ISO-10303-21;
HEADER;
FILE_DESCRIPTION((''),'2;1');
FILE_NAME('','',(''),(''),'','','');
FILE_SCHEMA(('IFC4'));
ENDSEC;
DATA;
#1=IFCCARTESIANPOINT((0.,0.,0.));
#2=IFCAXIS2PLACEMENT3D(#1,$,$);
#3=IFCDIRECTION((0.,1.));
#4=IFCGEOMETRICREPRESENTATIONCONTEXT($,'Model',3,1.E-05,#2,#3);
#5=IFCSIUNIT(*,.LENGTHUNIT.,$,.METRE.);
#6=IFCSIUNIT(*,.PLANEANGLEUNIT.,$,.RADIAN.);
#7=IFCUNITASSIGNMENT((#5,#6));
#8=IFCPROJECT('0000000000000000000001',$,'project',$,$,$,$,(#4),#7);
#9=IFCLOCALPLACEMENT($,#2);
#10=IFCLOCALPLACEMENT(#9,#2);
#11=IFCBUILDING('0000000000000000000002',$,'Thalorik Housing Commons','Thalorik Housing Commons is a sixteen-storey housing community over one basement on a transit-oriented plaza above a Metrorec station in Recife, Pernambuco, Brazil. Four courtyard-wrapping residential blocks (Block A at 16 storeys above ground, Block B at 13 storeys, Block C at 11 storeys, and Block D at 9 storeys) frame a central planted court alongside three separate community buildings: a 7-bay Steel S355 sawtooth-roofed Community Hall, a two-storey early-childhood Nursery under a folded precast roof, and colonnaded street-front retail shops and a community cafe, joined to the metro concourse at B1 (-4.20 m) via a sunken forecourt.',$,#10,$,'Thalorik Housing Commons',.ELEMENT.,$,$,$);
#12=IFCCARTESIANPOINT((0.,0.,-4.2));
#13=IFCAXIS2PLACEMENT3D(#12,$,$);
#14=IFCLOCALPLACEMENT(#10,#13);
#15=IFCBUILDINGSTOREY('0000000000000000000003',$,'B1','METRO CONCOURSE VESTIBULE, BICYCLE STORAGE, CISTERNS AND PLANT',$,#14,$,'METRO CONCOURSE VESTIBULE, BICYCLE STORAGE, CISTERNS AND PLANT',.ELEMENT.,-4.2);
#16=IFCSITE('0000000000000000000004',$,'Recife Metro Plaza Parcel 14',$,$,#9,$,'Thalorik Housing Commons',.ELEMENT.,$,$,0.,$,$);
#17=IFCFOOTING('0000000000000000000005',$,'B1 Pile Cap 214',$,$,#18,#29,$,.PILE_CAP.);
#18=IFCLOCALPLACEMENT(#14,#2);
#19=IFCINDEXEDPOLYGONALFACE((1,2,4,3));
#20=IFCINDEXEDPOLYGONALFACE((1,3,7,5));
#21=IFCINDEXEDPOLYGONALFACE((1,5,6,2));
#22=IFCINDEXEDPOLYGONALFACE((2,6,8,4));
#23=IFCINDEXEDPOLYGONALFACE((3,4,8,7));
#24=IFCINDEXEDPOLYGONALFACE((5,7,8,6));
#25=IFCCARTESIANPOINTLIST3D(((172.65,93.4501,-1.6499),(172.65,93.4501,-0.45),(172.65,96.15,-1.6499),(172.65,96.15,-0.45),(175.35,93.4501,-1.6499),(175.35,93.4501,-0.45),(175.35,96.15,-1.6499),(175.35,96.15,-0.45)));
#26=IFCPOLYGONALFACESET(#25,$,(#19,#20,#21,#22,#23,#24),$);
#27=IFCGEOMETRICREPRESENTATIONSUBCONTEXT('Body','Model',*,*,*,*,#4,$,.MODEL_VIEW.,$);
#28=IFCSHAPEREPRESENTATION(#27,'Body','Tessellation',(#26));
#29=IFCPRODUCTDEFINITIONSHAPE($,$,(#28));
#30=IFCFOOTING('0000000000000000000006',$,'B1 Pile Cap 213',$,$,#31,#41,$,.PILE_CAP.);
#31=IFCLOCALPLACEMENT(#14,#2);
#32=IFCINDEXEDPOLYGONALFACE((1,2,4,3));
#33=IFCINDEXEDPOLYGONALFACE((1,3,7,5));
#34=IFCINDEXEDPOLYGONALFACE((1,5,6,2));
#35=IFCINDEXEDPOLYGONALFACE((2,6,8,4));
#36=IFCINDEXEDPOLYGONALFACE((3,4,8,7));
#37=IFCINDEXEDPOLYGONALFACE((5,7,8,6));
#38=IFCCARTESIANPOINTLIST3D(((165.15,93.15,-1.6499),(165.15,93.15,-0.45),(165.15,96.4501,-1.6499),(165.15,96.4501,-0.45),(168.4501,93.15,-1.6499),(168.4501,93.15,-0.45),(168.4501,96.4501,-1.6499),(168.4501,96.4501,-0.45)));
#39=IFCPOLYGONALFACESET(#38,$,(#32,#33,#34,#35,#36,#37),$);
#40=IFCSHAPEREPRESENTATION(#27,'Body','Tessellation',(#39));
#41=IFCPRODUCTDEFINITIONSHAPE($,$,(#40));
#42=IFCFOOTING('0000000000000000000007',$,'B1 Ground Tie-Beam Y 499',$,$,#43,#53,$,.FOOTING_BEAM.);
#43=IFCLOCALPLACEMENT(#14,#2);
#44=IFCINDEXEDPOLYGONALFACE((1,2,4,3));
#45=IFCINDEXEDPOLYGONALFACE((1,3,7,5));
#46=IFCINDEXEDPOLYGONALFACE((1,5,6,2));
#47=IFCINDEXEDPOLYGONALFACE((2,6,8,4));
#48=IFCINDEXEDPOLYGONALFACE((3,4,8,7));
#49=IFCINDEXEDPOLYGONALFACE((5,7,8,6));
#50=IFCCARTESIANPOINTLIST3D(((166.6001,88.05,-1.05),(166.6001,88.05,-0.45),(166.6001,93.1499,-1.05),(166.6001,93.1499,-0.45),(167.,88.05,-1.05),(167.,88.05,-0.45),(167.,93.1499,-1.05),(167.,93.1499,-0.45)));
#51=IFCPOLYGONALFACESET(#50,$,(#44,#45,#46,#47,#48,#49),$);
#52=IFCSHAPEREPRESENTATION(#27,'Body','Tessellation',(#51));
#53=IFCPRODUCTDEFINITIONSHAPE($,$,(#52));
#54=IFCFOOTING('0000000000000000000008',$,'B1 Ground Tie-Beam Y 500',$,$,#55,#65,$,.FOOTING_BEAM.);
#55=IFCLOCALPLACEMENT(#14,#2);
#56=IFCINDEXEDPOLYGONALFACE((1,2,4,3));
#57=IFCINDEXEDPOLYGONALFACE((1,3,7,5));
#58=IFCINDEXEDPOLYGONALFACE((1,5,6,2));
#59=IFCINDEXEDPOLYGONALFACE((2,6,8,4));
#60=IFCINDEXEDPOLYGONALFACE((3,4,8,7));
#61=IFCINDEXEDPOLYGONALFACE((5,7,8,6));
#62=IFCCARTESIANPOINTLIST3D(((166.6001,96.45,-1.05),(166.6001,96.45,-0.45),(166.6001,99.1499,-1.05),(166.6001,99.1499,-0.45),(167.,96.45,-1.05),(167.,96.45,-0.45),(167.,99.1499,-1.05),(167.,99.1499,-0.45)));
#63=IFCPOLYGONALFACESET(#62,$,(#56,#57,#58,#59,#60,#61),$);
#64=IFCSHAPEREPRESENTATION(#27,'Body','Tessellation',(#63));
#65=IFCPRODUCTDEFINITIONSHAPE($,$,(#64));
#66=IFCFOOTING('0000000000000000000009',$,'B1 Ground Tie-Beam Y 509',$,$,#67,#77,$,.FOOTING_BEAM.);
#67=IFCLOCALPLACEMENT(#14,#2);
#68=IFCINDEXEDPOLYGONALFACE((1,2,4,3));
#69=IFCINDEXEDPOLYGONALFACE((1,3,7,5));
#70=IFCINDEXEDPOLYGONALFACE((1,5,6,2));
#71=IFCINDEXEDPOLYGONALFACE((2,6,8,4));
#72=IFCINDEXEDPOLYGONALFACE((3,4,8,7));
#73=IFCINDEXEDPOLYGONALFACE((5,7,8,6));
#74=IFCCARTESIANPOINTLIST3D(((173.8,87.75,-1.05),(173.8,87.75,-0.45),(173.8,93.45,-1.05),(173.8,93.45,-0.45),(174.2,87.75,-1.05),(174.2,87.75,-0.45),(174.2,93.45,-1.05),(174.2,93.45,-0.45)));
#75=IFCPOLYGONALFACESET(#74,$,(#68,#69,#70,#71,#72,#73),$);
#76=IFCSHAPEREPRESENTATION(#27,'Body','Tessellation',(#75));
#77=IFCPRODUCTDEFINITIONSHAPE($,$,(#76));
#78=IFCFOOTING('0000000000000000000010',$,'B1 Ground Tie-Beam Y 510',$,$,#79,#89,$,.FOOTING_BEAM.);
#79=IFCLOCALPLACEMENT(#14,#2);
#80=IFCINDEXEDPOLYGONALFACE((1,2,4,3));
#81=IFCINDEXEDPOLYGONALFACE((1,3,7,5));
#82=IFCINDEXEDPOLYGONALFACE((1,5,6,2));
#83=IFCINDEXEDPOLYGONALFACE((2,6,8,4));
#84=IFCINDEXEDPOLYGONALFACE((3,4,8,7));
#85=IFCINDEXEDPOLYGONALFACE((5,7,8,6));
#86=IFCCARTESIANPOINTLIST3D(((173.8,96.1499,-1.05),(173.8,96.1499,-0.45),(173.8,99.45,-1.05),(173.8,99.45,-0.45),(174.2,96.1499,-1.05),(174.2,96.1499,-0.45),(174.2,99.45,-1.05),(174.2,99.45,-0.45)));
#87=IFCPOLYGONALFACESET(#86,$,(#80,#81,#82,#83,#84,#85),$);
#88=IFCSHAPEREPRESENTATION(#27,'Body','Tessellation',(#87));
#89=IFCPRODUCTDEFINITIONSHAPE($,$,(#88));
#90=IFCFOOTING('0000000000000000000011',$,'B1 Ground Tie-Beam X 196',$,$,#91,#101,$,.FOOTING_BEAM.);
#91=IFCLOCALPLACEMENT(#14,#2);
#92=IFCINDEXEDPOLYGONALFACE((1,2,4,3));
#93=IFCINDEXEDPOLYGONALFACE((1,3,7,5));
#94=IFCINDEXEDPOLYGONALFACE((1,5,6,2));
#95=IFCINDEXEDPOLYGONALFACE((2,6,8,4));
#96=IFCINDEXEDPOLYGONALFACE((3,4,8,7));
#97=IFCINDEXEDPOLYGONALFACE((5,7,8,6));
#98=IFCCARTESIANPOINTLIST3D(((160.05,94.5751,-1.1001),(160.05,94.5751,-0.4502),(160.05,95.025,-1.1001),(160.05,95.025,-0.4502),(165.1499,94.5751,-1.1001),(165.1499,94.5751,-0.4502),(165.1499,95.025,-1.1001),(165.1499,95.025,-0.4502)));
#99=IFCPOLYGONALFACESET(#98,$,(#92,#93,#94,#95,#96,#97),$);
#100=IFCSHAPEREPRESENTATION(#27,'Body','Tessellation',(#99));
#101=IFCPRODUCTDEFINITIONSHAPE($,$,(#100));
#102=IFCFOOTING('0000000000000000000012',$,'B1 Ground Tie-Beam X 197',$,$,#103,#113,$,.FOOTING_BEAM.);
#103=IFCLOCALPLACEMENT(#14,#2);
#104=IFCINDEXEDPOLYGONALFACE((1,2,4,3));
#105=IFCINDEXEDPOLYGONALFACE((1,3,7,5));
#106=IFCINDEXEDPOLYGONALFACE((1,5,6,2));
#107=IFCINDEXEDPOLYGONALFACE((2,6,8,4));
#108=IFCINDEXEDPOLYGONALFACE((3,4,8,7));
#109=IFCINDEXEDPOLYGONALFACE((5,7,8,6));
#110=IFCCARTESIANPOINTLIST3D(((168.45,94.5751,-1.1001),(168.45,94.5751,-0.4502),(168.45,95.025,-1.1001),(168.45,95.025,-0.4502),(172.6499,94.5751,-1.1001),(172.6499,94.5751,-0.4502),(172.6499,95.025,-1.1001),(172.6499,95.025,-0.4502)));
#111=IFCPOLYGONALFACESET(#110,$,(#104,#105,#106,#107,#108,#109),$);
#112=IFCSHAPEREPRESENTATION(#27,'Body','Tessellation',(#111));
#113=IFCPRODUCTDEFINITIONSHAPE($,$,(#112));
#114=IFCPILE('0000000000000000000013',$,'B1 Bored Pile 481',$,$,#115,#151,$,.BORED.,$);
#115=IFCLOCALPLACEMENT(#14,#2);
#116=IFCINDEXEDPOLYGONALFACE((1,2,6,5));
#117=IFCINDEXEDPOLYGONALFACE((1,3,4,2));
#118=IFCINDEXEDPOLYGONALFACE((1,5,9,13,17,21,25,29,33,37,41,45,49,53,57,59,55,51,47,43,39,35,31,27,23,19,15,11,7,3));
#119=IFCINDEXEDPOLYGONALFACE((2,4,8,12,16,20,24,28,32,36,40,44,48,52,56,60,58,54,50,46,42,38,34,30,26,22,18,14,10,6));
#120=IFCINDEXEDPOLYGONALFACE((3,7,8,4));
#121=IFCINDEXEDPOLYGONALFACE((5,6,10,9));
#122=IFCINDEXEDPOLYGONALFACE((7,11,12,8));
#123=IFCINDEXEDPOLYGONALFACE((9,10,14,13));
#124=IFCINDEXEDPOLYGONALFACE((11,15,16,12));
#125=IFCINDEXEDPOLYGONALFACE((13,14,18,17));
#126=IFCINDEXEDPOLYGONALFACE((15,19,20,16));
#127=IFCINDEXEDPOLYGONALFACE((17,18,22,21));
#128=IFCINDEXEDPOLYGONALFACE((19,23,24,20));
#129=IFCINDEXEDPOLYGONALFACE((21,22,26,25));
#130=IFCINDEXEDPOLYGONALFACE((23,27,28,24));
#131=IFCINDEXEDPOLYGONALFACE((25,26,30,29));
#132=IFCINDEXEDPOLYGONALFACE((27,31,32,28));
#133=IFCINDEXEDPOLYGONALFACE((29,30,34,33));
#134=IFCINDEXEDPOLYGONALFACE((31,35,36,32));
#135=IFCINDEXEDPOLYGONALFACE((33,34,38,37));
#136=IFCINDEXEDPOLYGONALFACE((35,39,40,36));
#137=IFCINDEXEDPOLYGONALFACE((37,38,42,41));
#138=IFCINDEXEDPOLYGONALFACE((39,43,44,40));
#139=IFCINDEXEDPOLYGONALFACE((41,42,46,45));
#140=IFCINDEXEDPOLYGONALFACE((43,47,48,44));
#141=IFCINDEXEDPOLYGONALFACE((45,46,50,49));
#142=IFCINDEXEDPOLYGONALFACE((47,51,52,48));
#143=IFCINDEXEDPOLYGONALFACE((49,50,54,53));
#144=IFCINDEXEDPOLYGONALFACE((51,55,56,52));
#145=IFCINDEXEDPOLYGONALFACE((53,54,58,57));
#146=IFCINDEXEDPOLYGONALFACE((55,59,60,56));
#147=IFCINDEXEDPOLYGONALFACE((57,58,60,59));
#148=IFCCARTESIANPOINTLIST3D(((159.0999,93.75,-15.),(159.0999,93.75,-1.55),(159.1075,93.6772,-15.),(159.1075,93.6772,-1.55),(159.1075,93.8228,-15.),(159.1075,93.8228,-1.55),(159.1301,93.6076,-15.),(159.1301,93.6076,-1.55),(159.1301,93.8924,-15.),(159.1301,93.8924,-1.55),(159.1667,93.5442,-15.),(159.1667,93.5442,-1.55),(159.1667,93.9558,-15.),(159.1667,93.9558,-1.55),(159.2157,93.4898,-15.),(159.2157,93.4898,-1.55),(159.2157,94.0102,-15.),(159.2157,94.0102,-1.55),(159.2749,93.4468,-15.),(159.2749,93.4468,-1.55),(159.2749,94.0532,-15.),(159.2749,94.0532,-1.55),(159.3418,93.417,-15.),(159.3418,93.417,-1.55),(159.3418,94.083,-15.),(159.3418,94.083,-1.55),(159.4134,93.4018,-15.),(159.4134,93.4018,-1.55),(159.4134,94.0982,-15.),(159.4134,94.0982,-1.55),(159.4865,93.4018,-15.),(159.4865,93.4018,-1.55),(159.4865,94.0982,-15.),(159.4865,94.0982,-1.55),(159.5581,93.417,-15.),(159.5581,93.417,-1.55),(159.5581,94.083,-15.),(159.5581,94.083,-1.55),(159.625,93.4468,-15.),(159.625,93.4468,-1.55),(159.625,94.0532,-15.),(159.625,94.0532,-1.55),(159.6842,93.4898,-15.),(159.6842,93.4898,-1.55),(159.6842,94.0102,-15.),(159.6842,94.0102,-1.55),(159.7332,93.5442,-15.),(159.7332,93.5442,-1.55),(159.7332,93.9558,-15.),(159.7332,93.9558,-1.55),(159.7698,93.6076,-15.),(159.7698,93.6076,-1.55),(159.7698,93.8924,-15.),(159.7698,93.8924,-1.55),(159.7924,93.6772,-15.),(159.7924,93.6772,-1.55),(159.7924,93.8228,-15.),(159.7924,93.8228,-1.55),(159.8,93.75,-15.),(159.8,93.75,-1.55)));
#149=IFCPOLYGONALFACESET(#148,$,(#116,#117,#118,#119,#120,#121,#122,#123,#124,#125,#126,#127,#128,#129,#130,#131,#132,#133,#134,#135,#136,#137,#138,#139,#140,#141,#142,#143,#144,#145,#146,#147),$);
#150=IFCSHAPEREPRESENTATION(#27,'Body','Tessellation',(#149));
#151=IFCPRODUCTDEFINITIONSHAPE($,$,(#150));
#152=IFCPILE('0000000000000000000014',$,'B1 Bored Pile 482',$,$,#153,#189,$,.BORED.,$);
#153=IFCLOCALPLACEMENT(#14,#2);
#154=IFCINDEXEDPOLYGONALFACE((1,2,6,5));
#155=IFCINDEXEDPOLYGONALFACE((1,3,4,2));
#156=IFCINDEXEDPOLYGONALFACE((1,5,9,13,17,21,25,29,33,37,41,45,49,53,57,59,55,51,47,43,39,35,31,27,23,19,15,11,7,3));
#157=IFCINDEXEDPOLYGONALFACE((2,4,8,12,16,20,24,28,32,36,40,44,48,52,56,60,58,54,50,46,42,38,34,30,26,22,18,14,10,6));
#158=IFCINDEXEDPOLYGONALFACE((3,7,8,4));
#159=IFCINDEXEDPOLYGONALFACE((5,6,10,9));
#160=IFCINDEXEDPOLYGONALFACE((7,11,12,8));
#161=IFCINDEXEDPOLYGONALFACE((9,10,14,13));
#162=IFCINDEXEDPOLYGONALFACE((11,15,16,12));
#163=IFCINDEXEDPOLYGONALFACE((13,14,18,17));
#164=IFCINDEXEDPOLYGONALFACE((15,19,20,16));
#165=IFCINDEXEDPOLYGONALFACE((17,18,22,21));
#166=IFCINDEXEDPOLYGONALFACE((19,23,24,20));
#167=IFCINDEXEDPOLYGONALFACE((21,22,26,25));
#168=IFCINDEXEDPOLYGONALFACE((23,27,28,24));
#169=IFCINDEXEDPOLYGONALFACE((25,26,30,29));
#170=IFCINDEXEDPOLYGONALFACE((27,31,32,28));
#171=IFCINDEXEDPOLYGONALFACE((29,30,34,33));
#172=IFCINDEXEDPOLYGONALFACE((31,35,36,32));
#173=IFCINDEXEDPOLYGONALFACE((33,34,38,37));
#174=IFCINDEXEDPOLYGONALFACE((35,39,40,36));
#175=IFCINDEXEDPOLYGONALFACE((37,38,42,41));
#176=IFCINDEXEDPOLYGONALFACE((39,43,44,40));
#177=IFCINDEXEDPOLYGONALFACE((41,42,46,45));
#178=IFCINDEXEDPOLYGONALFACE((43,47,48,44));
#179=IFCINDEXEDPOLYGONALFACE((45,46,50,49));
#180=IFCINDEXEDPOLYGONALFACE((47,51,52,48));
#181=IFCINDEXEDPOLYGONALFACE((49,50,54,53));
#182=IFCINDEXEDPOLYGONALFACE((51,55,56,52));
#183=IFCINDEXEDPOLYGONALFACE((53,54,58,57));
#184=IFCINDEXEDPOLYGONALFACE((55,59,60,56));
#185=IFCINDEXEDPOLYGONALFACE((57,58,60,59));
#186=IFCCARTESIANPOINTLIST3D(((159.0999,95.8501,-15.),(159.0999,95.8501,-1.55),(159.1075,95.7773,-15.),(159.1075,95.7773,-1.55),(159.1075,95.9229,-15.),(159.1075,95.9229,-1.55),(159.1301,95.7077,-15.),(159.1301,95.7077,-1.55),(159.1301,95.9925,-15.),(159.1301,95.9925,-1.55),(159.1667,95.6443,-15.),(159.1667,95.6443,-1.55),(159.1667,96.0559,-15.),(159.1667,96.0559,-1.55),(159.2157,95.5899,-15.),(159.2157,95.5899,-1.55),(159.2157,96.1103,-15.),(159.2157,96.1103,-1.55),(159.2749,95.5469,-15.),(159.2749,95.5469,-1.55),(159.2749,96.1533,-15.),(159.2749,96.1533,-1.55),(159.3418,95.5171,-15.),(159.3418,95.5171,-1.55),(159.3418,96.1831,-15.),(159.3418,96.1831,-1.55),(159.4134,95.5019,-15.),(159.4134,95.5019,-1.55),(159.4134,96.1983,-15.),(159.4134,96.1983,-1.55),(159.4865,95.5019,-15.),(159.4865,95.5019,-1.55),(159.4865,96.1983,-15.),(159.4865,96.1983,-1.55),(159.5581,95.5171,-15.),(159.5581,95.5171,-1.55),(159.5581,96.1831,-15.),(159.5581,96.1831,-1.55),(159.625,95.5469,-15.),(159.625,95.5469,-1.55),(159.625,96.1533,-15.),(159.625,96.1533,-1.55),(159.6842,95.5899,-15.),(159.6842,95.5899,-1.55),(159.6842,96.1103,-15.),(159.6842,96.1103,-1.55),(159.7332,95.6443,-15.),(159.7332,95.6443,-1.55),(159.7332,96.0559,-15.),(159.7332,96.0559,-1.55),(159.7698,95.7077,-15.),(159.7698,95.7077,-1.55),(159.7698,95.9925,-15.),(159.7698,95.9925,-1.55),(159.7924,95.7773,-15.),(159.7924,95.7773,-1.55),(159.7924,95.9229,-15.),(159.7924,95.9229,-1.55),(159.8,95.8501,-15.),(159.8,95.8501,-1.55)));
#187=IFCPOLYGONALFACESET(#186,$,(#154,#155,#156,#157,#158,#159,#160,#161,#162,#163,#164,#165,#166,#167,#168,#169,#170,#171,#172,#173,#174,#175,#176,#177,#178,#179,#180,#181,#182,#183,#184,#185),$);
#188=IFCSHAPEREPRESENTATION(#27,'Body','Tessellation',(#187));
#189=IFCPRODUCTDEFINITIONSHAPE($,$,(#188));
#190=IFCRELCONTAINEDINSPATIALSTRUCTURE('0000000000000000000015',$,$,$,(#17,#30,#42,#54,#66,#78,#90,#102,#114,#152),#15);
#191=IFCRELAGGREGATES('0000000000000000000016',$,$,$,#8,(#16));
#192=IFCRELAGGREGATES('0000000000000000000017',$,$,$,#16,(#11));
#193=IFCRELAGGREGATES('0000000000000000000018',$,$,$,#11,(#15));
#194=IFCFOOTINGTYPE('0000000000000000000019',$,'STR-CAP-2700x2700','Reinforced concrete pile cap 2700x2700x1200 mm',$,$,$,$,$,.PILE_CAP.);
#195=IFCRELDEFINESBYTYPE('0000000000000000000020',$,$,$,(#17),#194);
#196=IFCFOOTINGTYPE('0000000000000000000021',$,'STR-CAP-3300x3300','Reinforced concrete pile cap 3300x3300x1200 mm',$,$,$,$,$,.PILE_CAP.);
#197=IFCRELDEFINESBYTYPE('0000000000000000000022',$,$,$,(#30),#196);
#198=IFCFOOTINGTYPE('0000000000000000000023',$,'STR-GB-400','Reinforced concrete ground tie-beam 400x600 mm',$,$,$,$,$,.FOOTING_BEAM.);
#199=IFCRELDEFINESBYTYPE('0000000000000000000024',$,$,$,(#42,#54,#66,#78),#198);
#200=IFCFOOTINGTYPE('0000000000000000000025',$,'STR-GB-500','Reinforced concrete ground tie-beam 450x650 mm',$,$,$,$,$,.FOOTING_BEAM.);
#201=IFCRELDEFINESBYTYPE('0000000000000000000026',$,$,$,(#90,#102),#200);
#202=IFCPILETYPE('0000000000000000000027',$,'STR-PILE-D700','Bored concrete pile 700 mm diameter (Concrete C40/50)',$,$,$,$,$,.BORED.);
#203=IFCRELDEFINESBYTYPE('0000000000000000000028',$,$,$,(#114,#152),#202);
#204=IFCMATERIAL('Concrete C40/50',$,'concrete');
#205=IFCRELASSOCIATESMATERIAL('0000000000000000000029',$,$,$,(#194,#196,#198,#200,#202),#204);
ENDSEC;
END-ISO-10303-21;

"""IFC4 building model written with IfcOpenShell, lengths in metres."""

from ifc_helpers import new_model, si_unit, direction, frame, origin, origin_2d, place, context, subcontext, project, spatial, rectangle, circle, extrude, material, material_profile, profile_set, type_object, element, save


model = new_model("IFC4")

# Units and contexts
model_context = context("Model", 3, precision=1e-05, world=origin(), true_north=direction((0.0, 1.0)))
body_context = subcontext(model_context, "Body", "Model", "MODEL_VIEW")
ifc_project = project(units=[si_unit("LENGTHUNIT", "METRE"), si_unit("PLANEANGLEUNIT", "RADIAN")], contexts=[model_context])

# Site, building, storey
site_placement = place(None, origin())
site = spatial("IfcSite", under=ifc_project, at=site_placement, Name="Recife Metro Plaza Parcel 14", LongName="Thalorik Housing Commons", CompositionType="ELEMENT", RefElevation=0.0)
building_placement = place(site_placement, origin())
building = spatial("IfcBuilding", under=site, at=building_placement, Name="Thalorik Housing Commons", Description="Thalorik Housing Commons is a sixteen-storey housing community over one basement on a transit-oriented plaza above a Metrorec station in Recife, Pernambuco, Brazil. Four courtyard-wrapping residential blocks (Block A at 16 storeys above ground, Block B at 13 storeys, Block C at 11 storeys, and Block D at 9 storeys) frame a central planted court alongside three separate community buildings: a 7-bay Steel S355 sawtooth-roofed Community Hall, a two-storey early-childhood Nursery under a folded precast roof, and colonnaded street-front retail shops and a community cafe, joined to the metro concourse at B1 (-4.20 m) via a sunken forecourt.", LongName="Thalorik Housing Commons", CompositionType="ELEMENT")
storey_placement = place(building_placement, frame((0.0, 0.0, -4.2)))
storey = spatial("IfcBuildingStorey", under=building, at=storey_placement, Name="B1", Description="METRO CONCOURSE VESTIBULE, BICYCLE STORAGE, CISTERNS AND PLANT", LongName="METRO CONCOURSE VESTIBULE, BICYCLE STORAGE, CISTERNS AND PLANT", CompositionType="ELEMENT", Elevation=-4.2)

# Footings
ifc_material_1 = material(Name="Concrete C40/50", Category="concrete")
footing_type_1 = type_object("IfcFootingType", Name="STR-CAP-2700x2700", Description="Reinforced concrete pile cap 2700x2700x1200 mm", PredefinedType="PILE_CAP", material=ifc_material_1)
footing_1_placement = place(storey_placement, frame((174.0, 94.8, -1.6499), z_axis=(0.0, 0.0, 1.0), x_axis=(1.0, 0.0, 0.0)))
element("IfcFooting", 1, at=footing_1_placement, inside=storey, type_object=footing_type_1, Name="B1 Pile Cap 214", PredefinedType="PILE_CAP", context=body_context, shape_type="SweptSolid", body=[
    extrude(rectangle(XDim=2.7, YDim=2.7, at=origin_2d()), origin(), (0.0, 0.0, 1.0), 1.2),
])
footing_type_2 = type_object("IfcFootingType", Name="STR-CAP-3300x3300", Description="Reinforced concrete pile cap 3300x3300x1200 mm", PredefinedType="PILE_CAP", material=ifc_material_1)
footing_2_placement = place(storey_placement, frame((166.8, 94.8, -1.6499), z_axis=(0.0, 0.0, 1.0), x_axis=(1.0, 0.0, 0.0)))
element("IfcFooting", 2, at=footing_2_placement, inside=storey, type_object=footing_type_2, Name="B1 Pile Cap 213", PredefinedType="PILE_CAP", context=body_context, shape_type="SweptSolid", body=[
    extrude(rectangle(XDim=3.3, YDim=3.3, at=origin_2d()), origin(), (0.0, 0.0, 1.0), 1.2),
])
ifc_material_profile_1 = material_profile(ifc_material_1, rectangle(XDim=0.3999, YDim=0.6001, at=origin_2d()), Name="RC 400x600", Category="concrete")
ifc_profile_set_1 = profile_set([ifc_material_profile_1], Name="Concrete C40/50")
footing_type_3 = type_object("IfcFootingType", Name="STR-GB-400", Description="Reinforced concrete ground tie-beam 400x600 mm", PredefinedType="FOOTING_BEAM", material=ifc_profile_set_1)
footing_3_placement = place(storey_placement, frame((166.8, 88.05, -0.75), z_axis=(0.0, 1.0, 0.0), x_axis=(-1.0, 0.0, 0.0)))
element("IfcFooting", 3, at=footing_3_placement, inside=storey, type_object=footing_type_3, Name="B1 Ground Tie-Beam Y 499", PredefinedType="FOOTING_BEAM", context=body_context, shape_type="SweptSolid", body=[
    extrude(rectangle(XDim=0.3999, YDim=0.6001, at=origin_2d()), origin(), (0.0, 0.0, 1.0), 5.0999),
])
footing_4_placement = place(storey_placement, frame((166.8, 96.45, -0.75), z_axis=(0.0, 1.0, 0.0), x_axis=(-1.0, 0.0, 0.0)))
element("IfcFooting", 4, at=footing_4_placement, inside=storey, type_object=footing_type_3, Name="B1 Ground Tie-Beam Y 500", PredefinedType="FOOTING_BEAM", context=body_context, shape_type="SweptSolid", body=[
    extrude(rectangle(XDim=0.3999, YDim=0.6001, at=origin_2d()), origin(), (0.0, 0.0, 1.0), 2.7),
])
footing_5_placement = place(storey_placement, frame((174.0, 87.75, -0.75), z_axis=(0.0, 1.0, 0.0), x_axis=(-1.0, 0.0, 0.0)))
element("IfcFooting", 5, at=footing_5_placement, inside=storey, type_object=footing_type_3, Name="B1 Ground Tie-Beam Y 509", PredefinedType="FOOTING_BEAM", context=body_context, shape_type="SweptSolid", body=[
    extrude(rectangle(XDim=0.3999, YDim=0.6001, at=origin_2d()), origin(), (0.0, 0.0, 1.0), 5.7),
])
footing_6_placement = place(storey_placement, frame((174.0, 96.1499, -0.75), z_axis=(0.0, 1.0, 0.0), x_axis=(-1.0, 0.0, 0.0)))
element("IfcFooting", 6, at=footing_6_placement, inside=storey, type_object=footing_type_3, Name="B1 Ground Tie-Beam Y 510", PredefinedType="FOOTING_BEAM", context=body_context, shape_type="SweptSolid", body=[
    extrude(rectangle(XDim=0.3999, YDim=0.6001, at=origin_2d()), origin(), (0.0, 0.0, 1.0), 3.3),
])
ifc_material_profile_2 = material_profile(ifc_material_1, rectangle(XDim=0.45, YDim=0.6499, at=origin_2d()), Name="RC 450x650", Category="concrete")
ifc_profile_set_2 = profile_set([ifc_material_profile_2], Name="Concrete C40/50")
footing_type_4 = type_object("IfcFootingType", Name="STR-GB-500", Description="Reinforced concrete ground tie-beam 450x650 mm", PredefinedType="FOOTING_BEAM", material=ifc_profile_set_2)
footing_7_placement = place(storey_placement, frame((160.05, 94.8, -0.7751), z_axis=(1.0, 0.0, 0.0), x_axis=(0.0, 1.0, 0.0)))
element("IfcFooting", 7, at=footing_7_placement, inside=storey, type_object=footing_type_4, Name="B1 Ground Tie-Beam X 196", PredefinedType="FOOTING_BEAM", context=body_context, shape_type="SweptSolid", body=[
    extrude(rectangle(XDim=0.45, YDim=0.6499, at=origin_2d()), origin(), (0.0, 0.0, 1.0), 5.0999),
])
footing_8_placement = place(storey_placement, frame((168.45, 94.8, -0.7751), z_axis=(1.0, 0.0, 0.0), x_axis=(0.0, 1.0, 0.0)))
element("IfcFooting", 8, at=footing_8_placement, inside=storey, type_object=footing_type_4, Name="B1 Ground Tie-Beam X 197", PredefinedType="FOOTING_BEAM", context=body_context, shape_type="SweptSolid", body=[
    extrude(rectangle(XDim=0.45, YDim=0.6499, at=origin_2d()), origin(), (0.0, 0.0, 1.0), 4.2),
])

# Piles
ifc_material_profile_3 = material_profile(ifc_material_1, circle(Radius=0.3501, at=origin_2d()), Name="BORED PILE D700", Category="concrete")
ifc_profile_set_3 = profile_set([ifc_material_profile_3], Name="Concrete C40/50")
pile_type = type_object("IfcPileType", Name="STR-PILE-D700", Description="Bored concrete pile 700 mm diameter (Concrete C40/50)", PredefinedType="BORED", material=ifc_profile_set_3)
for number, where, z_axis, x_axis, name in (
    (9, (159.45, 93.75, -1.55), (0.0, 0.0, -1.0), (1.0, 0.0, 0.0), "B1 Bored Pile 481"),
    (10, (159.45, 95.8501, -1.55), (0.0, 0.0, -1.0), (1.0, 0.0, 0.0), "B1 Bored Pile 482"),
):
    element("IfcPile", number, at=place(storey_placement, frame(where, z_axis=z_axis, x_axis=x_axis)), inside=storey, type_object=pile_type, Name=name, PredefinedType="BORED", context=body_context, shape_type="SweptSolid", body=[
        extrude(circle(Radius=0.3501, at=origin_2d()), origin(), (0.0, 0.0, 1.0), 13.45),
    ])

save(model, "model.ifc")
